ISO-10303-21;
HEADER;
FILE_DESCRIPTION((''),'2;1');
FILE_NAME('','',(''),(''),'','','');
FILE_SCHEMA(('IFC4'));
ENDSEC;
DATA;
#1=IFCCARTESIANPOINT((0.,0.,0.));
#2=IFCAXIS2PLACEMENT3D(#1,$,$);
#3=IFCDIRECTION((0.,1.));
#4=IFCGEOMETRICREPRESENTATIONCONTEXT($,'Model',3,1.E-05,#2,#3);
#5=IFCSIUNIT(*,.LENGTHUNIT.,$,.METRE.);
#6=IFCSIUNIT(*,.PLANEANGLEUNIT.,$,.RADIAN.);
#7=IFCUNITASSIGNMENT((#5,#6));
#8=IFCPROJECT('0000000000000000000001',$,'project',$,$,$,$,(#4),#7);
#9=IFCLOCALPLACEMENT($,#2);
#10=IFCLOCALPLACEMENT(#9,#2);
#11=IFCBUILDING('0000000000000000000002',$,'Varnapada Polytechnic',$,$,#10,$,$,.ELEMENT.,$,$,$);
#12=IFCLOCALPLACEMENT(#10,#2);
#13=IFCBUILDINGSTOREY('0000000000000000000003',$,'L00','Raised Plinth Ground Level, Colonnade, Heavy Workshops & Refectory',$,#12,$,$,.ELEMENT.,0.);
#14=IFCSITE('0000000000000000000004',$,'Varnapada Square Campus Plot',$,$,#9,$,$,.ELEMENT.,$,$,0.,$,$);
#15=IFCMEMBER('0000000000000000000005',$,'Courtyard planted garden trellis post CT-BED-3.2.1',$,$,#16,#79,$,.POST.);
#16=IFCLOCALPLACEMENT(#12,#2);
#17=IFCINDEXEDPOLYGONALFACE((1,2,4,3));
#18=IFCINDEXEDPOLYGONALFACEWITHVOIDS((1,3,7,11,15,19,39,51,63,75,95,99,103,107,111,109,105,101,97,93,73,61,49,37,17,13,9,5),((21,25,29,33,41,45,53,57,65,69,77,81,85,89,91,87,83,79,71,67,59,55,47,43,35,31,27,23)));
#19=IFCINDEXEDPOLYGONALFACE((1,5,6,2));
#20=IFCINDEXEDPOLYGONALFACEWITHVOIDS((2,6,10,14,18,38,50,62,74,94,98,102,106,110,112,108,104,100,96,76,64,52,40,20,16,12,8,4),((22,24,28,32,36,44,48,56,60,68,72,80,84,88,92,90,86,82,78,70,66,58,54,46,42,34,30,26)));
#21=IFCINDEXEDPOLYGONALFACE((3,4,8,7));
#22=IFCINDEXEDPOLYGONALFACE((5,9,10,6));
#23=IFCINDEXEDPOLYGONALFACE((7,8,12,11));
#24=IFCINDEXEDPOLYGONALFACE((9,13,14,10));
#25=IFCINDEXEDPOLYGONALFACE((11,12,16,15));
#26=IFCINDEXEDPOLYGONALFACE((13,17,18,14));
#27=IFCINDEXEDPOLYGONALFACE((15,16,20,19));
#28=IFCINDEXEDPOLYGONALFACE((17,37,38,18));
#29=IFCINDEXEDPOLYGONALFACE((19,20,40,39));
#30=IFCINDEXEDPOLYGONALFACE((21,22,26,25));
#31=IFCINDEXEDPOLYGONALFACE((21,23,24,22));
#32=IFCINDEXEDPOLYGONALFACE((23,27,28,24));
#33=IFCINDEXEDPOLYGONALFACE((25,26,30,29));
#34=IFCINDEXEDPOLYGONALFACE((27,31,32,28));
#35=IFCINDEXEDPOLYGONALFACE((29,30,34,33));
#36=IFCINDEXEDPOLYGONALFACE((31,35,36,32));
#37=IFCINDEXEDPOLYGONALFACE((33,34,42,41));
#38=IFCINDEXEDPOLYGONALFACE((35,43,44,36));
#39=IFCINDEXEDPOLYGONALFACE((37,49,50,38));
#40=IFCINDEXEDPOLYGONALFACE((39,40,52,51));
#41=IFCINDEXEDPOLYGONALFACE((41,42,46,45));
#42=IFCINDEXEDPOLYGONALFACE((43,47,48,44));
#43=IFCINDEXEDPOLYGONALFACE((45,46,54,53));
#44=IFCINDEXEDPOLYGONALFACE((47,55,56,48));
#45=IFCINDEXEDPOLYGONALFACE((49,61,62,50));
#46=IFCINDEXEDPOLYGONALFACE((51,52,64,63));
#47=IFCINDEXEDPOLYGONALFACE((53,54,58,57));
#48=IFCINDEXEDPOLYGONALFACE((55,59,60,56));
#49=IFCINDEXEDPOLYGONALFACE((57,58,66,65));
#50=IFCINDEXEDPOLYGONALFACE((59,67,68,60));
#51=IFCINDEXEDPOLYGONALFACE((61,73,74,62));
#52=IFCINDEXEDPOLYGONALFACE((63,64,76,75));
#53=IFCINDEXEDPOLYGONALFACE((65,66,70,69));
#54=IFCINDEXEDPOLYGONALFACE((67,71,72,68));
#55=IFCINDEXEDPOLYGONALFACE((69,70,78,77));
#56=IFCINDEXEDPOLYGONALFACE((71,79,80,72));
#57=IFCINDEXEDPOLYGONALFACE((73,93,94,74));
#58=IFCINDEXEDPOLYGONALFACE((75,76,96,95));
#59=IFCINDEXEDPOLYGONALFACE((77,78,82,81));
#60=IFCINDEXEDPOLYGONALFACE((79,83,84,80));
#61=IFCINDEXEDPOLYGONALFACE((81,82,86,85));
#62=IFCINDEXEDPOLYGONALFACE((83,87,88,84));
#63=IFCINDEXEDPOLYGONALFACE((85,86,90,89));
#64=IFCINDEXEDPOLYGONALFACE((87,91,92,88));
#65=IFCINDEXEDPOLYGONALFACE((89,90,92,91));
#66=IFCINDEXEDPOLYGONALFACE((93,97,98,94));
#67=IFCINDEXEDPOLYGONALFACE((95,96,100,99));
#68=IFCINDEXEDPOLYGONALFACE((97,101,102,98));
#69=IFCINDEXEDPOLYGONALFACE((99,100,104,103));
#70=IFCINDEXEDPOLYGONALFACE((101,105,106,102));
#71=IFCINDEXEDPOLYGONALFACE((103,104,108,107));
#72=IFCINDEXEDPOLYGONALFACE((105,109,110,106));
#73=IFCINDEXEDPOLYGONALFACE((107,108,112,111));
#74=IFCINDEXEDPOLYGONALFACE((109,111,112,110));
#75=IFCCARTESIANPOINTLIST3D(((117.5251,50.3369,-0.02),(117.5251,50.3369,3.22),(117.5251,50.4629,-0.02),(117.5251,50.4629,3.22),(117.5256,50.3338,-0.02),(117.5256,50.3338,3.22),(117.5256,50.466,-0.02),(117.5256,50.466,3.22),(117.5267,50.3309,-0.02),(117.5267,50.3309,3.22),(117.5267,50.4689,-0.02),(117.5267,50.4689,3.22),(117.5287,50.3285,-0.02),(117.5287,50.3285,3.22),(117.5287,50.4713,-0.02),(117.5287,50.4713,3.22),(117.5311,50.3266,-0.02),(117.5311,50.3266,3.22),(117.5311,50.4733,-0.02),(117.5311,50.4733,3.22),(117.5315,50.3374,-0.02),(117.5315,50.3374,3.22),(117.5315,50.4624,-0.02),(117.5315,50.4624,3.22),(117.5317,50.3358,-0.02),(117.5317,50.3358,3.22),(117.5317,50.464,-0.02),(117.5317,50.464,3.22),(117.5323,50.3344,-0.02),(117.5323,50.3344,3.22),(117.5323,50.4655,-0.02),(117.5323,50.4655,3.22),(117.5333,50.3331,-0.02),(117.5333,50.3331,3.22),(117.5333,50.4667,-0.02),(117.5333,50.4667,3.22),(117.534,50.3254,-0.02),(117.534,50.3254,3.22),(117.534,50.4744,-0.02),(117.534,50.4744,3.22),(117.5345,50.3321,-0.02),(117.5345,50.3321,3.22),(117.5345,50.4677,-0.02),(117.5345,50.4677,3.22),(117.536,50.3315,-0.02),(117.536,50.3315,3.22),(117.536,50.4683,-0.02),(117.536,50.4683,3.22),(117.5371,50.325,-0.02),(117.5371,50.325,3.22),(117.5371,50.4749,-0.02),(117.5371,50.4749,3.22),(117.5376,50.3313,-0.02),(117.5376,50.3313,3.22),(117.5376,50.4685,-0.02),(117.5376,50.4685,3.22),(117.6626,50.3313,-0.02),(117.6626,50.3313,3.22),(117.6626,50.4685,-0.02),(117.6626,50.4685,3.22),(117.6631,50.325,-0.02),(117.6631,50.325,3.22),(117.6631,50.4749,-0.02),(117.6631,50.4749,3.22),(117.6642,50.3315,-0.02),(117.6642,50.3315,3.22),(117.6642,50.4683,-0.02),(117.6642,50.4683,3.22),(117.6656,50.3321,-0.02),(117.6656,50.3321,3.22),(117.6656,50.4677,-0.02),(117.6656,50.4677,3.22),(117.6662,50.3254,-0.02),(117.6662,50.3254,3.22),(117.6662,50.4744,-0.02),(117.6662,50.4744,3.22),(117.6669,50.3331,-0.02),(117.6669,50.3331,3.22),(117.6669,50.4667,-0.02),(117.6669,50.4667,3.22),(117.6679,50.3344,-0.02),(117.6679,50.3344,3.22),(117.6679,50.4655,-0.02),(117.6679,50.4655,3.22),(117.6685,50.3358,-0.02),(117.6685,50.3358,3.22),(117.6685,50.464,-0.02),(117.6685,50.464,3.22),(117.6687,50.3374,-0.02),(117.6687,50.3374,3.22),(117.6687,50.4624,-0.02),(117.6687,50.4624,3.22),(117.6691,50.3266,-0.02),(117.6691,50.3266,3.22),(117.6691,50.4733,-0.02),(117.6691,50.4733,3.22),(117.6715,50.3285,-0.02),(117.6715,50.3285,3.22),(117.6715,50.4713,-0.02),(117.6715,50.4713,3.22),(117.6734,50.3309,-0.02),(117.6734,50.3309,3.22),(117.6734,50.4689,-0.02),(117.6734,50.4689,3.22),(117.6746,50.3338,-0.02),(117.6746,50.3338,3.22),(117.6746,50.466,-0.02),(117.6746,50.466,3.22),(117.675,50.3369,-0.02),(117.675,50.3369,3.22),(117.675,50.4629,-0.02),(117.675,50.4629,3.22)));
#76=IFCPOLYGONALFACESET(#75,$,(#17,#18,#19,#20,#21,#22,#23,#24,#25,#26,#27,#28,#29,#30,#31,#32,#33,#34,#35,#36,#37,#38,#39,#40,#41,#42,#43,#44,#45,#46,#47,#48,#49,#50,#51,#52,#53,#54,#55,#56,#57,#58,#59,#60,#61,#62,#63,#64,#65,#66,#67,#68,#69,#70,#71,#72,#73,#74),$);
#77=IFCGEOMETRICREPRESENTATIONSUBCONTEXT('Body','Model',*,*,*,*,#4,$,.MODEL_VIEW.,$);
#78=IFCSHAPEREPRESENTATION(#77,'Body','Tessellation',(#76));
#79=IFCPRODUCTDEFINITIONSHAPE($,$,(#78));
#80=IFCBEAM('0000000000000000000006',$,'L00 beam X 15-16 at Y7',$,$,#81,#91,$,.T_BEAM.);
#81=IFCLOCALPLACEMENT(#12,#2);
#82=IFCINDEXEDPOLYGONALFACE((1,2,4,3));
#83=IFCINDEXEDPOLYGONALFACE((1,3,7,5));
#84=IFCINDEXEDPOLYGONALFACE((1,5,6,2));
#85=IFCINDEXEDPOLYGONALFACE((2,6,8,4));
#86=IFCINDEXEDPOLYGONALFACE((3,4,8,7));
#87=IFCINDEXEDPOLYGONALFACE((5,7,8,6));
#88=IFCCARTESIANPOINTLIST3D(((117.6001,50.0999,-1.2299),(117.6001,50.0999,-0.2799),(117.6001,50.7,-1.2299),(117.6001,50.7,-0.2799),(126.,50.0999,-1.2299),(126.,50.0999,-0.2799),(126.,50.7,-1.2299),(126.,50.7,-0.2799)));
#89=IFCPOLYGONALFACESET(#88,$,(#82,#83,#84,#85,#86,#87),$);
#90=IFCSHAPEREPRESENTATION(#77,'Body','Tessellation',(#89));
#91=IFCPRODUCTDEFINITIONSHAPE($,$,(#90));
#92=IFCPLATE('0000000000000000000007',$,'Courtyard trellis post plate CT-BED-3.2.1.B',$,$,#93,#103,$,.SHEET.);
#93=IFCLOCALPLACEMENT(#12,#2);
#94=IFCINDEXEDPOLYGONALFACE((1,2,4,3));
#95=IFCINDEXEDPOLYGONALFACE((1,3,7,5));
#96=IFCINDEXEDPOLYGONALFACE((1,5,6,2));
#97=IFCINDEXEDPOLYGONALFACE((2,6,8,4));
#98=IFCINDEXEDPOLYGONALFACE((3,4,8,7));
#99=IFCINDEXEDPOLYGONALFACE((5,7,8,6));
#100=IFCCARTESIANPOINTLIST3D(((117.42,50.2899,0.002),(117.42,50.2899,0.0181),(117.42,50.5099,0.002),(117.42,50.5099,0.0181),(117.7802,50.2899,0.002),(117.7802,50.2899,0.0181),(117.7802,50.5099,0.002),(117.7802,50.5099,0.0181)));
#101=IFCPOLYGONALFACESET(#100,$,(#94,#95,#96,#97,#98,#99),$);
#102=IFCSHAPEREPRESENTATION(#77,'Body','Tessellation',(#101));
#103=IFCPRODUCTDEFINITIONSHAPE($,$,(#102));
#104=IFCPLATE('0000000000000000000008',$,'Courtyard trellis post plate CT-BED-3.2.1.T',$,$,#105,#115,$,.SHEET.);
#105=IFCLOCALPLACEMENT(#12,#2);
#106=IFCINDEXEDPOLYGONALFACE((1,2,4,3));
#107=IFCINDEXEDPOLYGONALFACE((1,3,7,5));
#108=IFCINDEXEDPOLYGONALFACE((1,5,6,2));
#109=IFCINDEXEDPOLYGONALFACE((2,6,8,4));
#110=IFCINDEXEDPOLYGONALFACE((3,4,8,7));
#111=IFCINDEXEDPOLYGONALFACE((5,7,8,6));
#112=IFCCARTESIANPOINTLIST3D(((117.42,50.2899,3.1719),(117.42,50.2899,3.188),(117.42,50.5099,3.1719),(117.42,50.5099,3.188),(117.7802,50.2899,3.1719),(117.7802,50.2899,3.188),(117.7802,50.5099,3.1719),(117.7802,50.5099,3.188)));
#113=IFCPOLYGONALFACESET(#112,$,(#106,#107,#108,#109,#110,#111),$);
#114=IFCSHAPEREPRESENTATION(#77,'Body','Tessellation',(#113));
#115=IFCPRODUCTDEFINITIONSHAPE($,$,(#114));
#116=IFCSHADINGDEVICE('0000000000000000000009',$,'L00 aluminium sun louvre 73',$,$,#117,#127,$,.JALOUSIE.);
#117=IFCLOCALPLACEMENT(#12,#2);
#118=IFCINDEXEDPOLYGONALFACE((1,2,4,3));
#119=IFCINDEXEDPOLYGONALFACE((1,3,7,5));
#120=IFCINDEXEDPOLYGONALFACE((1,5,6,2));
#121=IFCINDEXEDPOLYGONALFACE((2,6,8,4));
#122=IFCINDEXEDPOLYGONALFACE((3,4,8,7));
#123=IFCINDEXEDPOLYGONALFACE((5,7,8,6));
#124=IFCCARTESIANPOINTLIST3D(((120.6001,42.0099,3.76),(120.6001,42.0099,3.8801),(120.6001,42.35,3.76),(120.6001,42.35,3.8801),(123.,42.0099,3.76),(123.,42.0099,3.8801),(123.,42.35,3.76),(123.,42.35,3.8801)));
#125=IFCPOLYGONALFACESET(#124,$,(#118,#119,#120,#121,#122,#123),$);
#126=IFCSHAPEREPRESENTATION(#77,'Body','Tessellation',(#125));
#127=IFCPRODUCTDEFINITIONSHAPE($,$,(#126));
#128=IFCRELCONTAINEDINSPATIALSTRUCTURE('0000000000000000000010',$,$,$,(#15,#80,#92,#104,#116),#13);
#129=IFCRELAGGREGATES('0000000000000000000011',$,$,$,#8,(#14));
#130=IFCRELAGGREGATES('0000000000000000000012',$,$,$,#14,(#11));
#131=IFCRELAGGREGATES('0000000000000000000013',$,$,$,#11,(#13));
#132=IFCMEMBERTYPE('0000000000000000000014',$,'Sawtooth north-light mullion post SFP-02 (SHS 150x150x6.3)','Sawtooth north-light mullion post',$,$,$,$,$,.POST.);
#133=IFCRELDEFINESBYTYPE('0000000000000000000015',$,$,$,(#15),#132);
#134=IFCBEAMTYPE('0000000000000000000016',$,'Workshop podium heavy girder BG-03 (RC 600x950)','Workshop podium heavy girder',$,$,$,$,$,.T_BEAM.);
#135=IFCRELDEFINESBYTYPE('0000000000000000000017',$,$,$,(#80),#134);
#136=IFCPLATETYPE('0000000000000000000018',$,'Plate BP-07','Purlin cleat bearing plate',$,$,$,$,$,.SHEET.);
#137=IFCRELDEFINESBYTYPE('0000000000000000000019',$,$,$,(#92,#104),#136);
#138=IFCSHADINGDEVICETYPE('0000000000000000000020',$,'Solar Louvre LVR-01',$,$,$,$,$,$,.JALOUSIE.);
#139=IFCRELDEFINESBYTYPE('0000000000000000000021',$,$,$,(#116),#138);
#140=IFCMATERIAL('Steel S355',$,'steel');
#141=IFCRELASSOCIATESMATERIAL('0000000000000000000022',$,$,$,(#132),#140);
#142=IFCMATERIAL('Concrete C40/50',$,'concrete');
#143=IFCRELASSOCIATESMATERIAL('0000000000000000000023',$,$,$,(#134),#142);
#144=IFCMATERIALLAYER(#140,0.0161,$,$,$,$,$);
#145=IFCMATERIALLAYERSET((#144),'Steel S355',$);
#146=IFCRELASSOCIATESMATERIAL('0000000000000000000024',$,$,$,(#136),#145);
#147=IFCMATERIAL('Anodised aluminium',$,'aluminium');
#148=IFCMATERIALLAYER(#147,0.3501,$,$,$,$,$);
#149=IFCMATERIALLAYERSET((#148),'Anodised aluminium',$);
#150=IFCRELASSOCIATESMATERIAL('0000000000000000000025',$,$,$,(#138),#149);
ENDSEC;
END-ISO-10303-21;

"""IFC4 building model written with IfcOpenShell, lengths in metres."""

from ifc_helpers import new_model, si_unit, direction, frame, origin, origin_2d, place, context, subcontext, project, spatial, rectangle, hollow_rectangle, extrude, material, layer, layer_set, material_profile, profile_set, type_object, element, save


model = new_model("IFC4")

# Units and contexts
model_context = context("Model", 3, precision=1e-05, world=origin(), true_north=direction((0.0, 1.0)))
body_context = subcontext(model_context, "Body", "Model", "MODEL_VIEW")
ifc_project = project(units=[si_unit("LENGTHUNIT", "METRE"), si_unit("PLANEANGLEUNIT", "RADIAN")], contexts=[model_context])

# Site, building, storey
site_placement = place(None, origin())
site = spatial("IfcSite", under=ifc_project, at=site_placement, Name="Varnapada Square Campus Plot", CompositionType="ELEMENT", RefElevation=0.0)
building_placement = place(site_placement, origin())
building = spatial("IfcBuilding", under=site, at=building_placement, Name="Varnapada Polytechnic", CompositionType="ELEMENT")
storey_placement = place(building_placement, origin())
storey = spatial("IfcBuildingStorey", under=building, at=storey_placement, Name="L00", Description="Raised Plinth Ground Level, Colonnade, Heavy Workshops & Refectory", CompositionType="ELEMENT", Elevation=0.0)

# Shared definitions
ifc_material_1 = material(Name="Concrete C40/50", Category="concrete")

# Shared definitions
ifc_material_2 = material(Name="Steel S355", Category="steel")

# Member
ifc_material_profile_1 = material_profile(ifc_material_2, hollow_rectangle(XDim=0.1499, YDim=0.1499, WallThickness=0.0063, InnerFilletRadius=0.0061, OuterFilletRadius=0.012, at=origin_2d()), Name="SHS 150x150x6.3")
ifc_profile_set_1 = profile_set([ifc_material_profile_1], Name="Steel S355")
member_type_1 = type_object("IfcMemberType", Name="Sawtooth north-light mullion post SFP-02 (SHS 150x150x6.3)", Description="Sawtooth north-light mullion post", PredefinedType="POST", material=ifc_profile_set_1)
member_1_placement = place(storey_placement, frame((117.6001, 50.3999, -0.02), z_axis=(0.0, 0.0, 1.0), x_axis=(1.0, 0.0, 0.0)))
element("IfcMember", 1, at=member_1_placement, inside=storey, type_object=member_type_1, Name="Courtyard planted garden trellis post CT-BED-3.2.1", PredefinedType="POST", context=body_context, shape_type="SweptSolid", body=[
    extrude(hollow_rectangle(XDim=0.1499, YDim=0.1499, WallThickness=0.0063, InnerFilletRadius=0.0061, OuterFilletRadius=0.012, at=origin_2d()), origin(), (0.0, 0.0, 1.0), 3.24),
])

# Beam
ifc_material_profile_2 = material_profile(ifc_material_1, rectangle(XDim=0.6001, YDim=0.95, at=origin_2d()), Name="RC 600x950")
ifc_profile_set_2 = profile_set([ifc_material_profile_2], Name="Concrete C40/50")
beam_type_1 = type_object("IfcBeamType", Name="Workshop podium heavy girder BG-03 (RC 600x950)", Description="Workshop podium heavy girder", PredefinedType="T_BEAM", material=ifc_profile_set_2)
beam_1_placement = place(storey_placement, frame((117.6001, 50.3999, -0.7549), z_axis=(1.0, 0.0, 0.0), x_axis=(0.0, 1.0, 0.0)))
element("IfcBeam", 2, at=beam_1_placement, inside=storey, type_object=beam_type_1, Name="L00 beam X 15-16 at Y7", PredefinedType="T_BEAM", context=body_context, shape_type="SweptSolid", body=[
    extrude(rectangle(XDim=0.6001, YDim=0.95, at=origin_2d()), origin(), (0.0, 0.0, 1.0), 8.3999),
])

# Plates
ifc_layer_1 = layer(ifc_material_2, 0.0161)
ifc_layer_set_1 = layer_set([ifc_layer_1], Name="Steel S355")
plate_type = type_object("IfcPlateType", Name="Plate BP-07", Description="Purlin cleat bearing plate", PredefinedType="SHEET", material=ifc_layer_set_1)
for number, where, z_axis, x_axis, name in (
    (3, (117.6001, 50.3999, 0.002), (0.0, 0.0, 1.0), (1.0, 0.0, 0.0), "Courtyard trellis post plate CT-BED-3.2.1.B"),
    (4, (117.6001, 50.3999, 3.1719), (0.0, 0.0, 1.0), (1.0, 0.0, 0.0), "Courtyard trellis post plate CT-BED-3.2.1.T"),
):
    element("IfcPlate", number, at=place(storey_placement, frame(where, z_axis=z_axis, x_axis=x_axis)), inside=storey, type_object=plate_type, Name=name, PredefinedType="SHEET", context=body_context, shape_type="SweptSolid", body=[
        extrude(rectangle(XDim=0.3601, YDim=0.22, at=origin_2d()), origin(), (0.0, 0.0, 1.0), 0.0161),
    ])

# Shading device
ifc_material_3 = material(Name="Anodised aluminium", Category="aluminium")
ifc_layer_2 = layer(ifc_material_3, 0.3501)
ifc_layer_set_2 = layer_set([ifc_layer_2], Name="Anodised aluminium")
shading_device_type = type_object("IfcShadingDeviceType", Name="Solar Louvre LVR-01", PredefinedType="JALOUSIE", material=ifc_layer_set_2)
shading_device_placement = place(storey_placement, frame((121.8, 42.1799, 3.76), z_axis=(0.0, 0.0, 1.0), x_axis=(1.0, 0.0, 0.0)))
element("IfcShadingDevice", 5, at=shading_device_placement, inside=storey, type_object=shading_device_type, Name="L00 aluminium sun louvre 73", PredefinedType="JALOUSIE", context=body_context, shape_type="SweptSolid", body=[
    extrude(rectangle(XDim=2.3999, YDim=0.3401, at=origin_2d()), origin(), (0.0, 0.0, 1.0), 0.1201),
])

save(model, "model.ifc")
